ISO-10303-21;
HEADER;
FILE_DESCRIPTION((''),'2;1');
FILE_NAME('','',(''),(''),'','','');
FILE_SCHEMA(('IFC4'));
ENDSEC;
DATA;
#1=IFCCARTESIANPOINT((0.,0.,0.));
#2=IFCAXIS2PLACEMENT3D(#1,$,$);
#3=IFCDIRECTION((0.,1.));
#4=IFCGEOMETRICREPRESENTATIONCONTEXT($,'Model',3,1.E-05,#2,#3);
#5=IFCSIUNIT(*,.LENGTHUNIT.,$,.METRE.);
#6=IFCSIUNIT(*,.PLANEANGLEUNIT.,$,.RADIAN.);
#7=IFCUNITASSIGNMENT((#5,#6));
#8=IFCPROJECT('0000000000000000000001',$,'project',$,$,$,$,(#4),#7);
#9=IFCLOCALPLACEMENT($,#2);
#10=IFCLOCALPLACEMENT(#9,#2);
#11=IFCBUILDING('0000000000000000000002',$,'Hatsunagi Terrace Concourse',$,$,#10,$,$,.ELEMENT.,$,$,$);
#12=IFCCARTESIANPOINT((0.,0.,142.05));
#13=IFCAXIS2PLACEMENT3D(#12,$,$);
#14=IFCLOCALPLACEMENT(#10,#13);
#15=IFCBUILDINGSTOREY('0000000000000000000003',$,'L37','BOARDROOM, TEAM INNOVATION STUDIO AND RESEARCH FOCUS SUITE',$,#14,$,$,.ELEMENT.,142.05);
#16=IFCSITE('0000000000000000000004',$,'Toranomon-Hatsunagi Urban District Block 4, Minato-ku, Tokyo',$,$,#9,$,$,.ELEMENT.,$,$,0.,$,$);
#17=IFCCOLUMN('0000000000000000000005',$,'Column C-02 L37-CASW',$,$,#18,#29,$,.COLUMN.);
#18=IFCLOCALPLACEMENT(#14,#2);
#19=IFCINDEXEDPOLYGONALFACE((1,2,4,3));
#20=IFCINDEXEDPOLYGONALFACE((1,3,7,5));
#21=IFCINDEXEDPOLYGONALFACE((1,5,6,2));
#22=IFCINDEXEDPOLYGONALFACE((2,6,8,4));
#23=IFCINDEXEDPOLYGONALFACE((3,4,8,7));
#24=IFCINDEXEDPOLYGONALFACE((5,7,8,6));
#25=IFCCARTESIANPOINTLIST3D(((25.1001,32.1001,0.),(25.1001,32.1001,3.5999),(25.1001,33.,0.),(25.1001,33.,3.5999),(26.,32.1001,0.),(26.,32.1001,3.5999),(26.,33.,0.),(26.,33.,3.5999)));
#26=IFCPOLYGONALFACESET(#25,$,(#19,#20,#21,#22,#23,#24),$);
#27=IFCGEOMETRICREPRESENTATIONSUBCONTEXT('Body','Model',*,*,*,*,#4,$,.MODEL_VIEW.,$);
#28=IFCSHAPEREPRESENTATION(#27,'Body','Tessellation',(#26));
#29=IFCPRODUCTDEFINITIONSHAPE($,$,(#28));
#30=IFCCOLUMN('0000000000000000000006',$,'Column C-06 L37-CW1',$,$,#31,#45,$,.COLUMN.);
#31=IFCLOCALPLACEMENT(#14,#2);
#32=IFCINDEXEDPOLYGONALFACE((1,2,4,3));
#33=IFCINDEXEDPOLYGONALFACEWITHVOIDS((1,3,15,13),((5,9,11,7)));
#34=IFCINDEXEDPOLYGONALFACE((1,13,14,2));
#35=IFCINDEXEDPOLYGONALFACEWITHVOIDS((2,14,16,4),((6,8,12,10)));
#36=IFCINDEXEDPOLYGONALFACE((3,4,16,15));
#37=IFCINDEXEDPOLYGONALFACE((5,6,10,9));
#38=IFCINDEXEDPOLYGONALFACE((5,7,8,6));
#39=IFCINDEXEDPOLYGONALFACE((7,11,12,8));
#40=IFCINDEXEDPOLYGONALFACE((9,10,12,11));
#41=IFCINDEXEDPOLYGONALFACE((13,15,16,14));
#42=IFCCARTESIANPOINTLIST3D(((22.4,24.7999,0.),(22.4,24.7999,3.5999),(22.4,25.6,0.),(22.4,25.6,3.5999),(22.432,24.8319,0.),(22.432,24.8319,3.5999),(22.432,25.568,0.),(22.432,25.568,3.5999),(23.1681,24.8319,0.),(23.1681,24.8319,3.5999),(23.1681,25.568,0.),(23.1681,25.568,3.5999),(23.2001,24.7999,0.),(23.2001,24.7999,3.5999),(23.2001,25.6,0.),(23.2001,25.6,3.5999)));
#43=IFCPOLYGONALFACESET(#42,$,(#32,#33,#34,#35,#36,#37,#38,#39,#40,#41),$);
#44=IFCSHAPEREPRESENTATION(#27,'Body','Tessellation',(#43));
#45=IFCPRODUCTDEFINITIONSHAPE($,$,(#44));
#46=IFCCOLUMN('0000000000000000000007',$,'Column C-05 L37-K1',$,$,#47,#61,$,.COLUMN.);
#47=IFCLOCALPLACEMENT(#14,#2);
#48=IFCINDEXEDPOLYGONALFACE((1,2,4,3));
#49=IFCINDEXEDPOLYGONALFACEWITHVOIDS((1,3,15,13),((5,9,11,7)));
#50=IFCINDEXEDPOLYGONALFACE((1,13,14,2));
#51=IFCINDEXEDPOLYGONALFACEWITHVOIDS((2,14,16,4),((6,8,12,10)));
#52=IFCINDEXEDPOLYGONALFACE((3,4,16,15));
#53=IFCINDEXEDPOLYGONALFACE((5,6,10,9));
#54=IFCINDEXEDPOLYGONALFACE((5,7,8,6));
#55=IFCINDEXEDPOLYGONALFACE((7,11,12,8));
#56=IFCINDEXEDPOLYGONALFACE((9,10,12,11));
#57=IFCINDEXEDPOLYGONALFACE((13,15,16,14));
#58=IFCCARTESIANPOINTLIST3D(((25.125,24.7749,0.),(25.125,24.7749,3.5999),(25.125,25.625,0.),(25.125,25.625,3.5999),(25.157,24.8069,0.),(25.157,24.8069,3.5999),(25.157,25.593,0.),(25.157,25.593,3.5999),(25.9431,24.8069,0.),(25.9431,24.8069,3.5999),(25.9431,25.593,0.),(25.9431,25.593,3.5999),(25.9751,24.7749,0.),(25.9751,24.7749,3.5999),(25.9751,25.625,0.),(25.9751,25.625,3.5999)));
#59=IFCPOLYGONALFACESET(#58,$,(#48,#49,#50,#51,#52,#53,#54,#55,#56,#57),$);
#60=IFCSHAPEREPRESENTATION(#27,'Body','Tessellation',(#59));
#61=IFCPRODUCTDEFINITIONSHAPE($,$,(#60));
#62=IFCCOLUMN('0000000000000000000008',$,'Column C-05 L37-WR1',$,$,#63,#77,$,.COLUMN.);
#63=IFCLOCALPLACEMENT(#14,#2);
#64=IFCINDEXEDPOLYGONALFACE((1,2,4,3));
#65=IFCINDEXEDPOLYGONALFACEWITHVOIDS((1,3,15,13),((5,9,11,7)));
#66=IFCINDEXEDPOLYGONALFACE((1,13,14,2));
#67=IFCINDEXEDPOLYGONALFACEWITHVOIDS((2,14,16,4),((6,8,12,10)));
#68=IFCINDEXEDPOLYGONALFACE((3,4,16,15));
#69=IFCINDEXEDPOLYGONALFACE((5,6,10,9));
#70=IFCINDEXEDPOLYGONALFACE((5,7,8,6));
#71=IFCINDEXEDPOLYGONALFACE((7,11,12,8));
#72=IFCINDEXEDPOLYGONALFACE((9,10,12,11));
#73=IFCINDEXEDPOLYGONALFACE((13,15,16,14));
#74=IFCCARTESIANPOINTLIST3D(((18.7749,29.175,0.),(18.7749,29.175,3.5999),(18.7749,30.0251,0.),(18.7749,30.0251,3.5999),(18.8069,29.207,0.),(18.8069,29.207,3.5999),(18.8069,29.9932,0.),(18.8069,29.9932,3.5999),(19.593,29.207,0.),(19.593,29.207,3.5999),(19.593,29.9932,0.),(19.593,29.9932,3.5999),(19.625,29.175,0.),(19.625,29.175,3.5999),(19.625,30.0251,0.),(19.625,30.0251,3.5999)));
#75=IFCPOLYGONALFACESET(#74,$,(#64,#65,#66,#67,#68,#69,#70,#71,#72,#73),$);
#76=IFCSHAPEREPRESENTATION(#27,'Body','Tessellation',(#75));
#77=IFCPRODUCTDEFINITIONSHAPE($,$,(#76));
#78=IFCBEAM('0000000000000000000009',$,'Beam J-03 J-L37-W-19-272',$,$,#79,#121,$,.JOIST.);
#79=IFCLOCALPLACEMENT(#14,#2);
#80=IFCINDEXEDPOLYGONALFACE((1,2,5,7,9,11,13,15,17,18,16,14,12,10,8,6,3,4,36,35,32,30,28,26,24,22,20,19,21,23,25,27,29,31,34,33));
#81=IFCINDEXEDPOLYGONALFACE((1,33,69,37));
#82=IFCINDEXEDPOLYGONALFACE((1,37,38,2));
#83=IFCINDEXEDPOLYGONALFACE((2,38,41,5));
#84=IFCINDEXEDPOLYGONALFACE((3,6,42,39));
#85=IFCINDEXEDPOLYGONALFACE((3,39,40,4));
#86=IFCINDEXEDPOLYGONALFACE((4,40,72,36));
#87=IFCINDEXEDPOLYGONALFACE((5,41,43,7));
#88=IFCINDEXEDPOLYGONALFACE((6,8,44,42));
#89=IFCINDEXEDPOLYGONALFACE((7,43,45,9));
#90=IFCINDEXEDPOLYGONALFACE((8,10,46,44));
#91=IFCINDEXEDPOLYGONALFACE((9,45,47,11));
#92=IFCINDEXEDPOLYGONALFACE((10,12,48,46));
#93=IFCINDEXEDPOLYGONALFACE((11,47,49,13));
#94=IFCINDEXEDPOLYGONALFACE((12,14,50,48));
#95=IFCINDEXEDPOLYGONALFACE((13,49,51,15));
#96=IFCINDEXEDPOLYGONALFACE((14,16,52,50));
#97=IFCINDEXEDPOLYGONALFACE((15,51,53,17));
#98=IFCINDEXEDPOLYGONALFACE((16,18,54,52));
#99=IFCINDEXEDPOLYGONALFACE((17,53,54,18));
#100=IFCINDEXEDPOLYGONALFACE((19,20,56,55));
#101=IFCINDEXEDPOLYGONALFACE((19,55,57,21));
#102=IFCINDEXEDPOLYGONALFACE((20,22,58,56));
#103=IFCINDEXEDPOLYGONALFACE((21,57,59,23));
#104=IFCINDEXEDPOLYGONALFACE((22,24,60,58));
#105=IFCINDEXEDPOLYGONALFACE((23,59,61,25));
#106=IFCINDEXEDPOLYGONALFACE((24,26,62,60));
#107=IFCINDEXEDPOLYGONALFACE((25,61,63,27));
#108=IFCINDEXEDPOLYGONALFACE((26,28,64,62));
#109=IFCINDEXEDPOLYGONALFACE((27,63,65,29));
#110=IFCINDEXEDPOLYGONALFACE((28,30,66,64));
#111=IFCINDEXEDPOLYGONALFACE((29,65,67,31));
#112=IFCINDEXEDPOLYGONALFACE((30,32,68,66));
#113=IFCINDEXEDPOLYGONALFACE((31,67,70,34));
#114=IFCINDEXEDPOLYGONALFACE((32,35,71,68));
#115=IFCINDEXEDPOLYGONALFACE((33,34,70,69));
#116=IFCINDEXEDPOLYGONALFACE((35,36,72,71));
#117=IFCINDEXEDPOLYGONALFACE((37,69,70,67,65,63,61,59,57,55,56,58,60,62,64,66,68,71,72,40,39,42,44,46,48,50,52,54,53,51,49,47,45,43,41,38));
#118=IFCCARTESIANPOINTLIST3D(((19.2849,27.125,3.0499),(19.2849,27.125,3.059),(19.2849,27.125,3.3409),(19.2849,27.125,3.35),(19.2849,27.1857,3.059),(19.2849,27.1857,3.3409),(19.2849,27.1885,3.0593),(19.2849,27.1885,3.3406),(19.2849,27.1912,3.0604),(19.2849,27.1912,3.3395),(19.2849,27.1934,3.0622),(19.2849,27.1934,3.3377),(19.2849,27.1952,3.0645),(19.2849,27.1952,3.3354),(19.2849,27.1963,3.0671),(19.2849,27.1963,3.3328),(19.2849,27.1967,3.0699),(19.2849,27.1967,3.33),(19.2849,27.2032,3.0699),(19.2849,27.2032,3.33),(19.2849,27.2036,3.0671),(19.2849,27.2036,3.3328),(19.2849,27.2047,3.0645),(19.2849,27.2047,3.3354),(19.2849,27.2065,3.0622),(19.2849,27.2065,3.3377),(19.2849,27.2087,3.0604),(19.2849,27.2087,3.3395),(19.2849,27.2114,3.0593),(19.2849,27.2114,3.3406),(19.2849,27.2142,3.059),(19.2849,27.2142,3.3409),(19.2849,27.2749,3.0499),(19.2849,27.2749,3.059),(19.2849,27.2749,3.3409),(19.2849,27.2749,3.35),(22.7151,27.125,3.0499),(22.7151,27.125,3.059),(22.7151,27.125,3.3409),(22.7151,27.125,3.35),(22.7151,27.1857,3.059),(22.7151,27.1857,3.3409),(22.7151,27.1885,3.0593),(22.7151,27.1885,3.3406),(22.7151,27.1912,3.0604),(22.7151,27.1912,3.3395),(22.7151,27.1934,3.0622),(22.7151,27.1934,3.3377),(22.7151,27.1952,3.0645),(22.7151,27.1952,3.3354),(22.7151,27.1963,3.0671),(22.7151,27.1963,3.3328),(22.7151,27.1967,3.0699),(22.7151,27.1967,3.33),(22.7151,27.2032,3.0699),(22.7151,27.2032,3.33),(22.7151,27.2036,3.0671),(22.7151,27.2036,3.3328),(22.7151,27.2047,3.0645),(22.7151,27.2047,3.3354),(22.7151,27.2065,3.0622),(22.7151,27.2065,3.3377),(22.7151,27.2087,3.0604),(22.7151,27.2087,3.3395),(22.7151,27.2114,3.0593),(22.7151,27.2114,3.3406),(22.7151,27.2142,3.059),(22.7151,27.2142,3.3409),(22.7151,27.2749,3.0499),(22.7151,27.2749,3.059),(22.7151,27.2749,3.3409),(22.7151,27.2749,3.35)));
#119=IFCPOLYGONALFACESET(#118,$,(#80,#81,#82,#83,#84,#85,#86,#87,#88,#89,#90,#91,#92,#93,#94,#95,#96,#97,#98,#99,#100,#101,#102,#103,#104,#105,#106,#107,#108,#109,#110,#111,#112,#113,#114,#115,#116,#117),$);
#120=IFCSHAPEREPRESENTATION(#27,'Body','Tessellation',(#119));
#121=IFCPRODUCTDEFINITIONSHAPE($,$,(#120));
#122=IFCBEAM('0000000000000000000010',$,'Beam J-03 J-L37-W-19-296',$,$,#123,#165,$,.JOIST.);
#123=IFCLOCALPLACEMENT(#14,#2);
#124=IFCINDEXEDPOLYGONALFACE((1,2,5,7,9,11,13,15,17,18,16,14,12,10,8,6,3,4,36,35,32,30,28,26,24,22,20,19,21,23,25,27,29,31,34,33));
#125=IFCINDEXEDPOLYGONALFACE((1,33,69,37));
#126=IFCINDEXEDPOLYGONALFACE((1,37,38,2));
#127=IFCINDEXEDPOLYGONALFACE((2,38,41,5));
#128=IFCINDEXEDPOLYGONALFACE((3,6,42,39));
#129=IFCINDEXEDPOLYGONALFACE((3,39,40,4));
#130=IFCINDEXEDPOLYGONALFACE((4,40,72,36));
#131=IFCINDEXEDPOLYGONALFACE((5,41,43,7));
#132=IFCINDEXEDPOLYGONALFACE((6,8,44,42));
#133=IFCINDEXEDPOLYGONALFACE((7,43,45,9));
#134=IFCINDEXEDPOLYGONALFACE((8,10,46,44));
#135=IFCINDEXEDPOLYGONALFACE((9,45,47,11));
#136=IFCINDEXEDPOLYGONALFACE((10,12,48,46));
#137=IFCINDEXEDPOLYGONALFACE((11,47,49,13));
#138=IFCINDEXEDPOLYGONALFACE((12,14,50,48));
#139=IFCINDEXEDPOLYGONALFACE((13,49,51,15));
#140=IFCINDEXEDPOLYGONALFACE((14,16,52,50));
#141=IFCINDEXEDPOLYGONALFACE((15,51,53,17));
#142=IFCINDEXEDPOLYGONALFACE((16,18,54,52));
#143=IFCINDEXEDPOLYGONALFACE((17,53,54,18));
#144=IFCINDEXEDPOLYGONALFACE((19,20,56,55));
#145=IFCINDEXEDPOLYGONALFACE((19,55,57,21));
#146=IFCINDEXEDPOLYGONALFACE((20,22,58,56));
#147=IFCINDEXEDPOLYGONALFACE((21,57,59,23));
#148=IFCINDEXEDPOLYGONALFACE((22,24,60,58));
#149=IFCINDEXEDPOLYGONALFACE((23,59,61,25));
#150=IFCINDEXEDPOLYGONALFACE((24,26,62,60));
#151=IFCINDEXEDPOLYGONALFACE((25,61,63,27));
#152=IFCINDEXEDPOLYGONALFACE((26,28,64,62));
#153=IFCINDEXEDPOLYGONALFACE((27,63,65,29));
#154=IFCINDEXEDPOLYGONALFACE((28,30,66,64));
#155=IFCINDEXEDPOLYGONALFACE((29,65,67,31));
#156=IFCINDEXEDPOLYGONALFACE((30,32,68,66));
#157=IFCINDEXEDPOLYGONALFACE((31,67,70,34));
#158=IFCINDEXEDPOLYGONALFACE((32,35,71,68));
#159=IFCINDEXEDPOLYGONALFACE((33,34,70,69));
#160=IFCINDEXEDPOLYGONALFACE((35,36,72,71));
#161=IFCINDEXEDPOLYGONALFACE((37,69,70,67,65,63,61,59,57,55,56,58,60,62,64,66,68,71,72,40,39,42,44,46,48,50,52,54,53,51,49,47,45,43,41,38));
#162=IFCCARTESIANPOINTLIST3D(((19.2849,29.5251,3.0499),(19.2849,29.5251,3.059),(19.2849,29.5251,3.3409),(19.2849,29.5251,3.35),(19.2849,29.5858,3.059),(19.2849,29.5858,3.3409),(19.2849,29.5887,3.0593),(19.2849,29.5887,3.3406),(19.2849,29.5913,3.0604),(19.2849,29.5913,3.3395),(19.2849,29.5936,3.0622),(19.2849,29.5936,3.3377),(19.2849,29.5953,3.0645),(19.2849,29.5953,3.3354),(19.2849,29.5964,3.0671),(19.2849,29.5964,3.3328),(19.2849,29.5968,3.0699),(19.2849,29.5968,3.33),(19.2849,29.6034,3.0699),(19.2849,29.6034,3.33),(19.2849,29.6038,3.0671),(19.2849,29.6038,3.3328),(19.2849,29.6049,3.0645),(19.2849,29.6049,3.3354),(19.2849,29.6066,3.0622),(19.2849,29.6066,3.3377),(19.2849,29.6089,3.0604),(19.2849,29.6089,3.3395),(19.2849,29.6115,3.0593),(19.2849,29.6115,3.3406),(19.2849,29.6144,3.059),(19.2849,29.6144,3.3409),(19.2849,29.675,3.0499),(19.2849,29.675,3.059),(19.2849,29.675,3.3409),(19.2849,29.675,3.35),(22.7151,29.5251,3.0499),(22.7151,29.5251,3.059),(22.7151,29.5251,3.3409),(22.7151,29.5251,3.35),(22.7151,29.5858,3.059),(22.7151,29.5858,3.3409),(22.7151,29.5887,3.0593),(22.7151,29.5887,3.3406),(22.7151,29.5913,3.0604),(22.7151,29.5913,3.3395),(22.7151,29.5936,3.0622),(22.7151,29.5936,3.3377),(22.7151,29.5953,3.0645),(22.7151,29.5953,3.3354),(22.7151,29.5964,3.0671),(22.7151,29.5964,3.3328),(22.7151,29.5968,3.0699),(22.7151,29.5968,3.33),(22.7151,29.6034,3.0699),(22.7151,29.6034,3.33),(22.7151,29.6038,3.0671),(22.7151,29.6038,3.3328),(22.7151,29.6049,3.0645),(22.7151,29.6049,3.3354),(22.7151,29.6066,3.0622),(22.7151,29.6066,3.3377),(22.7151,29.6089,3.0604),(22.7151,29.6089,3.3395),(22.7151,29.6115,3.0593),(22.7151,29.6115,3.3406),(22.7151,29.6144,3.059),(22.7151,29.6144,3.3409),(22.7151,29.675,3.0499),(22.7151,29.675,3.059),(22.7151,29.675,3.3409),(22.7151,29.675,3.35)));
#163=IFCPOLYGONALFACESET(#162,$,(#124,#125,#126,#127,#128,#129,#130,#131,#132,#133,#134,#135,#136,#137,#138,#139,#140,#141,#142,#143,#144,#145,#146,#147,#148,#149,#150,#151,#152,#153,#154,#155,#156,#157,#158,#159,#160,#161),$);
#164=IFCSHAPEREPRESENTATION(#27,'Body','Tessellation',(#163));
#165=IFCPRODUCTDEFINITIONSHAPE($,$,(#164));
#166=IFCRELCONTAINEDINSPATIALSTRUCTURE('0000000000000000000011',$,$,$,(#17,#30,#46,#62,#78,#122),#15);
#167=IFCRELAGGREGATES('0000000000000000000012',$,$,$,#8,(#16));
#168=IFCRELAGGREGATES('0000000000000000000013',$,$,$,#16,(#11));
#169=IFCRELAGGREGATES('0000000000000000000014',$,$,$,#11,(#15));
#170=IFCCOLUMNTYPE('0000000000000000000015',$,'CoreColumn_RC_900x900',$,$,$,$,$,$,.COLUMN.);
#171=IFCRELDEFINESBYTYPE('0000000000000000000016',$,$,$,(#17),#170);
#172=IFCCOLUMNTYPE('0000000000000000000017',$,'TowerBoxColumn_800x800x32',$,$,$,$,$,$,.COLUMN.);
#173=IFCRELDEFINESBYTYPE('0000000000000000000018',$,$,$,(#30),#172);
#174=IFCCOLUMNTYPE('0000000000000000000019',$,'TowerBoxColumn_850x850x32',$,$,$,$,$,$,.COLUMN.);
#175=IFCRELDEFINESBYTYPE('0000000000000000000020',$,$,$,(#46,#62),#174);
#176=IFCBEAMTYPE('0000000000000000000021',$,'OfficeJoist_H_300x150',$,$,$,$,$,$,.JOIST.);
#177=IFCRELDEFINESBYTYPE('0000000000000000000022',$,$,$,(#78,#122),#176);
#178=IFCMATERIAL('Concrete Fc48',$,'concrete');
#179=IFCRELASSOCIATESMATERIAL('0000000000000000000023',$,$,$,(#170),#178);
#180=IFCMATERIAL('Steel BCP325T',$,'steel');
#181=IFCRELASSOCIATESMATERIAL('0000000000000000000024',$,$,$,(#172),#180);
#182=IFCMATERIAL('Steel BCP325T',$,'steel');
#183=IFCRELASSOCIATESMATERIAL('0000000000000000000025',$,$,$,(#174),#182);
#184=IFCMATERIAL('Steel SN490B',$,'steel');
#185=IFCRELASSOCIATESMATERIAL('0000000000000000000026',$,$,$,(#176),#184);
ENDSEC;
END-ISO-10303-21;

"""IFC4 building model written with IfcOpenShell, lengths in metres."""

from ifc_helpers import new_model, si_unit, direction, frame, origin, origin_2d, place, context, subcontext, project, spatial, rectangle, hollow_rectangle, i_section, extrude, material, material_profile, profile_set, type_object, element, save


model = new_model("IFC4")

# Units and contexts
model_context = context("Model", 3, precision=1e-05, world=origin(), true_north=direction((0.0, 1.0)))
body_context = subcontext(model_context, "Body", "Model", "MODEL_VIEW")
ifc_project = project(units=[si_unit("LENGTHUNIT", "METRE"), si_unit("PLANEANGLEUNIT", "RADIAN")], contexts=[model_context])

# Site, building, storey
site_placement = place(None, origin())
site = spatial("IfcSite", under=ifc_project, at=site_placement, Name="Toranomon-Hatsunagi Urban District Block 4, Minato-ku, Tokyo", CompositionType="ELEMENT", RefElevation=0.0)
building_placement = place(site_placement, origin())
building = spatial("IfcBuilding", under=site, at=building_placement, Name="Hatsunagi Terrace Concourse", CompositionType="ELEMENT")
storey_placement = place(building_placement, frame((0.0, 0.0, 142.05)))
storey = spatial("IfcBuildingStorey", under=building, at=storey_placement, Name="L37", Description="BOARDROOM, TEAM INNOVATION STUDIO AND RESEARCH FOCUS SUITE", CompositionType="ELEMENT", Elevation=142.05)

# Columns
ifc_material_1 = material(Name="Concrete Fc48", Category="concrete")
ifc_material_profile_1 = material_profile(ifc_material_1, rectangle(XDim=0.8999, YDim=0.8999, at=origin_2d()), Name="RC-900x900")
ifc_profile_set_1 = profile_set([ifc_material_profile_1], Name="Concrete Fc48")
column_type_1 = type_object("IfcColumnType", Name="CoreColumn_RC_900x900", PredefinedType="COLUMN", material=ifc_profile_set_1)
column_1_placement = place(storey_placement, frame((25.55, 32.55, 0.0), z_axis=(0.0, 0.0, 1.0), x_axis=(1.0, 0.0, 0.0)))
element("IfcColumn", 1, at=column_1_placement, inside=storey, type_object=column_type_1, Name="Column C-02 L37-CASW", PredefinedType="COLUMN", context=body_context, shape_type="SweptSolid", body=[
    extrude(rectangle(XDim=0.8999, YDim=0.8999, at=origin_2d()), origin(), (0.0, 0.0, 1.0), 3.5999),
])
ifc_material_2 = material(Name="Steel BCP325T", Category="steel")
ifc_material_profile_2 = material_profile(ifc_material_2, hollow_rectangle(XDim=0.8, YDim=0.8, WallThickness=0.032, at=origin_2d()), Name="BCP-800x800x32")
ifc_profile_set_2 = profile_set([ifc_material_profile_2], Name="Steel BCP325T")
column_type_2 = type_object("IfcColumnType", Name="TowerBoxColumn_800x800x32", PredefinedType="COLUMN", material=ifc_profile_set_2)
column_2_placement = place(storey_placement, frame((22.8, 25.2, 0.0), z_axis=(0.0, 0.0, 1.0), x_axis=(1.0, 0.0, 0.0)))
element("IfcColumn", 2, at=column_2_placement, inside=storey, type_object=column_type_2, Name="Column C-06 L37-CW1", PredefinedType="COLUMN", context=body_context, shape_type="SweptSolid", body=[
    extrude(hollow_rectangle(XDim=0.8, YDim=0.8, WallThickness=0.032, at=origin_2d()), origin(), (0.0, 0.0, 1.0), 3.5999),
])
ifc_material_3 = material(Name="Steel BCP325T", Category="steel")
ifc_material_profile_3 = material_profile(ifc_material_3, hollow_rectangle(XDim=0.8501, YDim=0.8501, WallThickness=0.032, at=origin_2d()), Name="BCP-850x850x32")
ifc_profile_set_3 = profile_set([ifc_material_profile_3], Name="Steel BCP325T")
column_type_3 = type_object("IfcColumnType", Name="TowerBoxColumn_850x850x32", PredefinedType="COLUMN", material=ifc_profile_set_3)
for number, where, z_axis, x_axis, name in (
    (3, (25.55, 25.2, 0.0), (0.0, 0.0, 1.0), (1.0, 0.0, 0.0), "Column C-05 L37-K1"),
    (4, (19.2, 29.6001, 0.0), (0.0, 0.0, 1.0), (1.0, 0.0, 0.0), "Column C-05 L37-WR1"),
):
    element("IfcColumn", number, at=place(storey_placement, frame(where, z_axis=z_axis, x_axis=x_axis)), inside=storey, type_object=column_type_3, Name=name, PredefinedType="COLUMN", context=body_context, shape_type="SweptSolid", body=[
        extrude(hollow_rectangle(XDim=0.8501, YDim=0.8501, WallThickness=0.032, at=origin_2d()), origin(), (0.0, 0.0, 1.0), 3.5999),
    ])

# Beams
ifc_material_4 = material(Name="Steel SN490B", Category="steel")
ifc_material_profile_4 = material_profile(ifc_material_4, i_section(OverallWidth=0.1499, OverallDepth=0.3, WebThickness=0.0066, FlangeThickness=0.009, FilletRadius=0.011, at=origin_2d()), Name="H-300x150x6.5x9")
ifc_profile_set_4 = profile_set([ifc_material_profile_4], Name="Steel SN490B")
beam_type_1 = type_object("IfcBeamType", Name="OfficeJoist_H_300x150", PredefinedType="JOIST", material=ifc_profile_set_4)
for number, where, z_axis, x_axis, name in (
    (5, (19.2849, 27.2, 3.2), (1.0, 0.0, 0.0), (0.0, 1.0, 0.0), "Beam J-03 J-L37-W-19-272"),
    (6, (19.2849, 29.6001, 3.2), (1.0, 0.0, 0.0), (0.0, 1.0, 0.0), "Beam J-03 J-L37-W-19-296"),
):
    element("IfcBeam", number, at=place(storey_placement, frame(where, z_axis=z_axis, x_axis=x_axis)), inside=storey, type_object=beam_type_1, Name=name, PredefinedType="JOIST", context=body_context, shape_type="SweptSolid", body=[
        extrude(i_section(OverallWidth=0.1499, OverallDepth=0.3, WebThickness=0.0066, FlangeThickness=0.009, FilletRadius=0.011, at=origin_2d()), origin(), (0.0, 0.0, 1.0), 3.4302),
    ])

save(model, "model.ifc")
